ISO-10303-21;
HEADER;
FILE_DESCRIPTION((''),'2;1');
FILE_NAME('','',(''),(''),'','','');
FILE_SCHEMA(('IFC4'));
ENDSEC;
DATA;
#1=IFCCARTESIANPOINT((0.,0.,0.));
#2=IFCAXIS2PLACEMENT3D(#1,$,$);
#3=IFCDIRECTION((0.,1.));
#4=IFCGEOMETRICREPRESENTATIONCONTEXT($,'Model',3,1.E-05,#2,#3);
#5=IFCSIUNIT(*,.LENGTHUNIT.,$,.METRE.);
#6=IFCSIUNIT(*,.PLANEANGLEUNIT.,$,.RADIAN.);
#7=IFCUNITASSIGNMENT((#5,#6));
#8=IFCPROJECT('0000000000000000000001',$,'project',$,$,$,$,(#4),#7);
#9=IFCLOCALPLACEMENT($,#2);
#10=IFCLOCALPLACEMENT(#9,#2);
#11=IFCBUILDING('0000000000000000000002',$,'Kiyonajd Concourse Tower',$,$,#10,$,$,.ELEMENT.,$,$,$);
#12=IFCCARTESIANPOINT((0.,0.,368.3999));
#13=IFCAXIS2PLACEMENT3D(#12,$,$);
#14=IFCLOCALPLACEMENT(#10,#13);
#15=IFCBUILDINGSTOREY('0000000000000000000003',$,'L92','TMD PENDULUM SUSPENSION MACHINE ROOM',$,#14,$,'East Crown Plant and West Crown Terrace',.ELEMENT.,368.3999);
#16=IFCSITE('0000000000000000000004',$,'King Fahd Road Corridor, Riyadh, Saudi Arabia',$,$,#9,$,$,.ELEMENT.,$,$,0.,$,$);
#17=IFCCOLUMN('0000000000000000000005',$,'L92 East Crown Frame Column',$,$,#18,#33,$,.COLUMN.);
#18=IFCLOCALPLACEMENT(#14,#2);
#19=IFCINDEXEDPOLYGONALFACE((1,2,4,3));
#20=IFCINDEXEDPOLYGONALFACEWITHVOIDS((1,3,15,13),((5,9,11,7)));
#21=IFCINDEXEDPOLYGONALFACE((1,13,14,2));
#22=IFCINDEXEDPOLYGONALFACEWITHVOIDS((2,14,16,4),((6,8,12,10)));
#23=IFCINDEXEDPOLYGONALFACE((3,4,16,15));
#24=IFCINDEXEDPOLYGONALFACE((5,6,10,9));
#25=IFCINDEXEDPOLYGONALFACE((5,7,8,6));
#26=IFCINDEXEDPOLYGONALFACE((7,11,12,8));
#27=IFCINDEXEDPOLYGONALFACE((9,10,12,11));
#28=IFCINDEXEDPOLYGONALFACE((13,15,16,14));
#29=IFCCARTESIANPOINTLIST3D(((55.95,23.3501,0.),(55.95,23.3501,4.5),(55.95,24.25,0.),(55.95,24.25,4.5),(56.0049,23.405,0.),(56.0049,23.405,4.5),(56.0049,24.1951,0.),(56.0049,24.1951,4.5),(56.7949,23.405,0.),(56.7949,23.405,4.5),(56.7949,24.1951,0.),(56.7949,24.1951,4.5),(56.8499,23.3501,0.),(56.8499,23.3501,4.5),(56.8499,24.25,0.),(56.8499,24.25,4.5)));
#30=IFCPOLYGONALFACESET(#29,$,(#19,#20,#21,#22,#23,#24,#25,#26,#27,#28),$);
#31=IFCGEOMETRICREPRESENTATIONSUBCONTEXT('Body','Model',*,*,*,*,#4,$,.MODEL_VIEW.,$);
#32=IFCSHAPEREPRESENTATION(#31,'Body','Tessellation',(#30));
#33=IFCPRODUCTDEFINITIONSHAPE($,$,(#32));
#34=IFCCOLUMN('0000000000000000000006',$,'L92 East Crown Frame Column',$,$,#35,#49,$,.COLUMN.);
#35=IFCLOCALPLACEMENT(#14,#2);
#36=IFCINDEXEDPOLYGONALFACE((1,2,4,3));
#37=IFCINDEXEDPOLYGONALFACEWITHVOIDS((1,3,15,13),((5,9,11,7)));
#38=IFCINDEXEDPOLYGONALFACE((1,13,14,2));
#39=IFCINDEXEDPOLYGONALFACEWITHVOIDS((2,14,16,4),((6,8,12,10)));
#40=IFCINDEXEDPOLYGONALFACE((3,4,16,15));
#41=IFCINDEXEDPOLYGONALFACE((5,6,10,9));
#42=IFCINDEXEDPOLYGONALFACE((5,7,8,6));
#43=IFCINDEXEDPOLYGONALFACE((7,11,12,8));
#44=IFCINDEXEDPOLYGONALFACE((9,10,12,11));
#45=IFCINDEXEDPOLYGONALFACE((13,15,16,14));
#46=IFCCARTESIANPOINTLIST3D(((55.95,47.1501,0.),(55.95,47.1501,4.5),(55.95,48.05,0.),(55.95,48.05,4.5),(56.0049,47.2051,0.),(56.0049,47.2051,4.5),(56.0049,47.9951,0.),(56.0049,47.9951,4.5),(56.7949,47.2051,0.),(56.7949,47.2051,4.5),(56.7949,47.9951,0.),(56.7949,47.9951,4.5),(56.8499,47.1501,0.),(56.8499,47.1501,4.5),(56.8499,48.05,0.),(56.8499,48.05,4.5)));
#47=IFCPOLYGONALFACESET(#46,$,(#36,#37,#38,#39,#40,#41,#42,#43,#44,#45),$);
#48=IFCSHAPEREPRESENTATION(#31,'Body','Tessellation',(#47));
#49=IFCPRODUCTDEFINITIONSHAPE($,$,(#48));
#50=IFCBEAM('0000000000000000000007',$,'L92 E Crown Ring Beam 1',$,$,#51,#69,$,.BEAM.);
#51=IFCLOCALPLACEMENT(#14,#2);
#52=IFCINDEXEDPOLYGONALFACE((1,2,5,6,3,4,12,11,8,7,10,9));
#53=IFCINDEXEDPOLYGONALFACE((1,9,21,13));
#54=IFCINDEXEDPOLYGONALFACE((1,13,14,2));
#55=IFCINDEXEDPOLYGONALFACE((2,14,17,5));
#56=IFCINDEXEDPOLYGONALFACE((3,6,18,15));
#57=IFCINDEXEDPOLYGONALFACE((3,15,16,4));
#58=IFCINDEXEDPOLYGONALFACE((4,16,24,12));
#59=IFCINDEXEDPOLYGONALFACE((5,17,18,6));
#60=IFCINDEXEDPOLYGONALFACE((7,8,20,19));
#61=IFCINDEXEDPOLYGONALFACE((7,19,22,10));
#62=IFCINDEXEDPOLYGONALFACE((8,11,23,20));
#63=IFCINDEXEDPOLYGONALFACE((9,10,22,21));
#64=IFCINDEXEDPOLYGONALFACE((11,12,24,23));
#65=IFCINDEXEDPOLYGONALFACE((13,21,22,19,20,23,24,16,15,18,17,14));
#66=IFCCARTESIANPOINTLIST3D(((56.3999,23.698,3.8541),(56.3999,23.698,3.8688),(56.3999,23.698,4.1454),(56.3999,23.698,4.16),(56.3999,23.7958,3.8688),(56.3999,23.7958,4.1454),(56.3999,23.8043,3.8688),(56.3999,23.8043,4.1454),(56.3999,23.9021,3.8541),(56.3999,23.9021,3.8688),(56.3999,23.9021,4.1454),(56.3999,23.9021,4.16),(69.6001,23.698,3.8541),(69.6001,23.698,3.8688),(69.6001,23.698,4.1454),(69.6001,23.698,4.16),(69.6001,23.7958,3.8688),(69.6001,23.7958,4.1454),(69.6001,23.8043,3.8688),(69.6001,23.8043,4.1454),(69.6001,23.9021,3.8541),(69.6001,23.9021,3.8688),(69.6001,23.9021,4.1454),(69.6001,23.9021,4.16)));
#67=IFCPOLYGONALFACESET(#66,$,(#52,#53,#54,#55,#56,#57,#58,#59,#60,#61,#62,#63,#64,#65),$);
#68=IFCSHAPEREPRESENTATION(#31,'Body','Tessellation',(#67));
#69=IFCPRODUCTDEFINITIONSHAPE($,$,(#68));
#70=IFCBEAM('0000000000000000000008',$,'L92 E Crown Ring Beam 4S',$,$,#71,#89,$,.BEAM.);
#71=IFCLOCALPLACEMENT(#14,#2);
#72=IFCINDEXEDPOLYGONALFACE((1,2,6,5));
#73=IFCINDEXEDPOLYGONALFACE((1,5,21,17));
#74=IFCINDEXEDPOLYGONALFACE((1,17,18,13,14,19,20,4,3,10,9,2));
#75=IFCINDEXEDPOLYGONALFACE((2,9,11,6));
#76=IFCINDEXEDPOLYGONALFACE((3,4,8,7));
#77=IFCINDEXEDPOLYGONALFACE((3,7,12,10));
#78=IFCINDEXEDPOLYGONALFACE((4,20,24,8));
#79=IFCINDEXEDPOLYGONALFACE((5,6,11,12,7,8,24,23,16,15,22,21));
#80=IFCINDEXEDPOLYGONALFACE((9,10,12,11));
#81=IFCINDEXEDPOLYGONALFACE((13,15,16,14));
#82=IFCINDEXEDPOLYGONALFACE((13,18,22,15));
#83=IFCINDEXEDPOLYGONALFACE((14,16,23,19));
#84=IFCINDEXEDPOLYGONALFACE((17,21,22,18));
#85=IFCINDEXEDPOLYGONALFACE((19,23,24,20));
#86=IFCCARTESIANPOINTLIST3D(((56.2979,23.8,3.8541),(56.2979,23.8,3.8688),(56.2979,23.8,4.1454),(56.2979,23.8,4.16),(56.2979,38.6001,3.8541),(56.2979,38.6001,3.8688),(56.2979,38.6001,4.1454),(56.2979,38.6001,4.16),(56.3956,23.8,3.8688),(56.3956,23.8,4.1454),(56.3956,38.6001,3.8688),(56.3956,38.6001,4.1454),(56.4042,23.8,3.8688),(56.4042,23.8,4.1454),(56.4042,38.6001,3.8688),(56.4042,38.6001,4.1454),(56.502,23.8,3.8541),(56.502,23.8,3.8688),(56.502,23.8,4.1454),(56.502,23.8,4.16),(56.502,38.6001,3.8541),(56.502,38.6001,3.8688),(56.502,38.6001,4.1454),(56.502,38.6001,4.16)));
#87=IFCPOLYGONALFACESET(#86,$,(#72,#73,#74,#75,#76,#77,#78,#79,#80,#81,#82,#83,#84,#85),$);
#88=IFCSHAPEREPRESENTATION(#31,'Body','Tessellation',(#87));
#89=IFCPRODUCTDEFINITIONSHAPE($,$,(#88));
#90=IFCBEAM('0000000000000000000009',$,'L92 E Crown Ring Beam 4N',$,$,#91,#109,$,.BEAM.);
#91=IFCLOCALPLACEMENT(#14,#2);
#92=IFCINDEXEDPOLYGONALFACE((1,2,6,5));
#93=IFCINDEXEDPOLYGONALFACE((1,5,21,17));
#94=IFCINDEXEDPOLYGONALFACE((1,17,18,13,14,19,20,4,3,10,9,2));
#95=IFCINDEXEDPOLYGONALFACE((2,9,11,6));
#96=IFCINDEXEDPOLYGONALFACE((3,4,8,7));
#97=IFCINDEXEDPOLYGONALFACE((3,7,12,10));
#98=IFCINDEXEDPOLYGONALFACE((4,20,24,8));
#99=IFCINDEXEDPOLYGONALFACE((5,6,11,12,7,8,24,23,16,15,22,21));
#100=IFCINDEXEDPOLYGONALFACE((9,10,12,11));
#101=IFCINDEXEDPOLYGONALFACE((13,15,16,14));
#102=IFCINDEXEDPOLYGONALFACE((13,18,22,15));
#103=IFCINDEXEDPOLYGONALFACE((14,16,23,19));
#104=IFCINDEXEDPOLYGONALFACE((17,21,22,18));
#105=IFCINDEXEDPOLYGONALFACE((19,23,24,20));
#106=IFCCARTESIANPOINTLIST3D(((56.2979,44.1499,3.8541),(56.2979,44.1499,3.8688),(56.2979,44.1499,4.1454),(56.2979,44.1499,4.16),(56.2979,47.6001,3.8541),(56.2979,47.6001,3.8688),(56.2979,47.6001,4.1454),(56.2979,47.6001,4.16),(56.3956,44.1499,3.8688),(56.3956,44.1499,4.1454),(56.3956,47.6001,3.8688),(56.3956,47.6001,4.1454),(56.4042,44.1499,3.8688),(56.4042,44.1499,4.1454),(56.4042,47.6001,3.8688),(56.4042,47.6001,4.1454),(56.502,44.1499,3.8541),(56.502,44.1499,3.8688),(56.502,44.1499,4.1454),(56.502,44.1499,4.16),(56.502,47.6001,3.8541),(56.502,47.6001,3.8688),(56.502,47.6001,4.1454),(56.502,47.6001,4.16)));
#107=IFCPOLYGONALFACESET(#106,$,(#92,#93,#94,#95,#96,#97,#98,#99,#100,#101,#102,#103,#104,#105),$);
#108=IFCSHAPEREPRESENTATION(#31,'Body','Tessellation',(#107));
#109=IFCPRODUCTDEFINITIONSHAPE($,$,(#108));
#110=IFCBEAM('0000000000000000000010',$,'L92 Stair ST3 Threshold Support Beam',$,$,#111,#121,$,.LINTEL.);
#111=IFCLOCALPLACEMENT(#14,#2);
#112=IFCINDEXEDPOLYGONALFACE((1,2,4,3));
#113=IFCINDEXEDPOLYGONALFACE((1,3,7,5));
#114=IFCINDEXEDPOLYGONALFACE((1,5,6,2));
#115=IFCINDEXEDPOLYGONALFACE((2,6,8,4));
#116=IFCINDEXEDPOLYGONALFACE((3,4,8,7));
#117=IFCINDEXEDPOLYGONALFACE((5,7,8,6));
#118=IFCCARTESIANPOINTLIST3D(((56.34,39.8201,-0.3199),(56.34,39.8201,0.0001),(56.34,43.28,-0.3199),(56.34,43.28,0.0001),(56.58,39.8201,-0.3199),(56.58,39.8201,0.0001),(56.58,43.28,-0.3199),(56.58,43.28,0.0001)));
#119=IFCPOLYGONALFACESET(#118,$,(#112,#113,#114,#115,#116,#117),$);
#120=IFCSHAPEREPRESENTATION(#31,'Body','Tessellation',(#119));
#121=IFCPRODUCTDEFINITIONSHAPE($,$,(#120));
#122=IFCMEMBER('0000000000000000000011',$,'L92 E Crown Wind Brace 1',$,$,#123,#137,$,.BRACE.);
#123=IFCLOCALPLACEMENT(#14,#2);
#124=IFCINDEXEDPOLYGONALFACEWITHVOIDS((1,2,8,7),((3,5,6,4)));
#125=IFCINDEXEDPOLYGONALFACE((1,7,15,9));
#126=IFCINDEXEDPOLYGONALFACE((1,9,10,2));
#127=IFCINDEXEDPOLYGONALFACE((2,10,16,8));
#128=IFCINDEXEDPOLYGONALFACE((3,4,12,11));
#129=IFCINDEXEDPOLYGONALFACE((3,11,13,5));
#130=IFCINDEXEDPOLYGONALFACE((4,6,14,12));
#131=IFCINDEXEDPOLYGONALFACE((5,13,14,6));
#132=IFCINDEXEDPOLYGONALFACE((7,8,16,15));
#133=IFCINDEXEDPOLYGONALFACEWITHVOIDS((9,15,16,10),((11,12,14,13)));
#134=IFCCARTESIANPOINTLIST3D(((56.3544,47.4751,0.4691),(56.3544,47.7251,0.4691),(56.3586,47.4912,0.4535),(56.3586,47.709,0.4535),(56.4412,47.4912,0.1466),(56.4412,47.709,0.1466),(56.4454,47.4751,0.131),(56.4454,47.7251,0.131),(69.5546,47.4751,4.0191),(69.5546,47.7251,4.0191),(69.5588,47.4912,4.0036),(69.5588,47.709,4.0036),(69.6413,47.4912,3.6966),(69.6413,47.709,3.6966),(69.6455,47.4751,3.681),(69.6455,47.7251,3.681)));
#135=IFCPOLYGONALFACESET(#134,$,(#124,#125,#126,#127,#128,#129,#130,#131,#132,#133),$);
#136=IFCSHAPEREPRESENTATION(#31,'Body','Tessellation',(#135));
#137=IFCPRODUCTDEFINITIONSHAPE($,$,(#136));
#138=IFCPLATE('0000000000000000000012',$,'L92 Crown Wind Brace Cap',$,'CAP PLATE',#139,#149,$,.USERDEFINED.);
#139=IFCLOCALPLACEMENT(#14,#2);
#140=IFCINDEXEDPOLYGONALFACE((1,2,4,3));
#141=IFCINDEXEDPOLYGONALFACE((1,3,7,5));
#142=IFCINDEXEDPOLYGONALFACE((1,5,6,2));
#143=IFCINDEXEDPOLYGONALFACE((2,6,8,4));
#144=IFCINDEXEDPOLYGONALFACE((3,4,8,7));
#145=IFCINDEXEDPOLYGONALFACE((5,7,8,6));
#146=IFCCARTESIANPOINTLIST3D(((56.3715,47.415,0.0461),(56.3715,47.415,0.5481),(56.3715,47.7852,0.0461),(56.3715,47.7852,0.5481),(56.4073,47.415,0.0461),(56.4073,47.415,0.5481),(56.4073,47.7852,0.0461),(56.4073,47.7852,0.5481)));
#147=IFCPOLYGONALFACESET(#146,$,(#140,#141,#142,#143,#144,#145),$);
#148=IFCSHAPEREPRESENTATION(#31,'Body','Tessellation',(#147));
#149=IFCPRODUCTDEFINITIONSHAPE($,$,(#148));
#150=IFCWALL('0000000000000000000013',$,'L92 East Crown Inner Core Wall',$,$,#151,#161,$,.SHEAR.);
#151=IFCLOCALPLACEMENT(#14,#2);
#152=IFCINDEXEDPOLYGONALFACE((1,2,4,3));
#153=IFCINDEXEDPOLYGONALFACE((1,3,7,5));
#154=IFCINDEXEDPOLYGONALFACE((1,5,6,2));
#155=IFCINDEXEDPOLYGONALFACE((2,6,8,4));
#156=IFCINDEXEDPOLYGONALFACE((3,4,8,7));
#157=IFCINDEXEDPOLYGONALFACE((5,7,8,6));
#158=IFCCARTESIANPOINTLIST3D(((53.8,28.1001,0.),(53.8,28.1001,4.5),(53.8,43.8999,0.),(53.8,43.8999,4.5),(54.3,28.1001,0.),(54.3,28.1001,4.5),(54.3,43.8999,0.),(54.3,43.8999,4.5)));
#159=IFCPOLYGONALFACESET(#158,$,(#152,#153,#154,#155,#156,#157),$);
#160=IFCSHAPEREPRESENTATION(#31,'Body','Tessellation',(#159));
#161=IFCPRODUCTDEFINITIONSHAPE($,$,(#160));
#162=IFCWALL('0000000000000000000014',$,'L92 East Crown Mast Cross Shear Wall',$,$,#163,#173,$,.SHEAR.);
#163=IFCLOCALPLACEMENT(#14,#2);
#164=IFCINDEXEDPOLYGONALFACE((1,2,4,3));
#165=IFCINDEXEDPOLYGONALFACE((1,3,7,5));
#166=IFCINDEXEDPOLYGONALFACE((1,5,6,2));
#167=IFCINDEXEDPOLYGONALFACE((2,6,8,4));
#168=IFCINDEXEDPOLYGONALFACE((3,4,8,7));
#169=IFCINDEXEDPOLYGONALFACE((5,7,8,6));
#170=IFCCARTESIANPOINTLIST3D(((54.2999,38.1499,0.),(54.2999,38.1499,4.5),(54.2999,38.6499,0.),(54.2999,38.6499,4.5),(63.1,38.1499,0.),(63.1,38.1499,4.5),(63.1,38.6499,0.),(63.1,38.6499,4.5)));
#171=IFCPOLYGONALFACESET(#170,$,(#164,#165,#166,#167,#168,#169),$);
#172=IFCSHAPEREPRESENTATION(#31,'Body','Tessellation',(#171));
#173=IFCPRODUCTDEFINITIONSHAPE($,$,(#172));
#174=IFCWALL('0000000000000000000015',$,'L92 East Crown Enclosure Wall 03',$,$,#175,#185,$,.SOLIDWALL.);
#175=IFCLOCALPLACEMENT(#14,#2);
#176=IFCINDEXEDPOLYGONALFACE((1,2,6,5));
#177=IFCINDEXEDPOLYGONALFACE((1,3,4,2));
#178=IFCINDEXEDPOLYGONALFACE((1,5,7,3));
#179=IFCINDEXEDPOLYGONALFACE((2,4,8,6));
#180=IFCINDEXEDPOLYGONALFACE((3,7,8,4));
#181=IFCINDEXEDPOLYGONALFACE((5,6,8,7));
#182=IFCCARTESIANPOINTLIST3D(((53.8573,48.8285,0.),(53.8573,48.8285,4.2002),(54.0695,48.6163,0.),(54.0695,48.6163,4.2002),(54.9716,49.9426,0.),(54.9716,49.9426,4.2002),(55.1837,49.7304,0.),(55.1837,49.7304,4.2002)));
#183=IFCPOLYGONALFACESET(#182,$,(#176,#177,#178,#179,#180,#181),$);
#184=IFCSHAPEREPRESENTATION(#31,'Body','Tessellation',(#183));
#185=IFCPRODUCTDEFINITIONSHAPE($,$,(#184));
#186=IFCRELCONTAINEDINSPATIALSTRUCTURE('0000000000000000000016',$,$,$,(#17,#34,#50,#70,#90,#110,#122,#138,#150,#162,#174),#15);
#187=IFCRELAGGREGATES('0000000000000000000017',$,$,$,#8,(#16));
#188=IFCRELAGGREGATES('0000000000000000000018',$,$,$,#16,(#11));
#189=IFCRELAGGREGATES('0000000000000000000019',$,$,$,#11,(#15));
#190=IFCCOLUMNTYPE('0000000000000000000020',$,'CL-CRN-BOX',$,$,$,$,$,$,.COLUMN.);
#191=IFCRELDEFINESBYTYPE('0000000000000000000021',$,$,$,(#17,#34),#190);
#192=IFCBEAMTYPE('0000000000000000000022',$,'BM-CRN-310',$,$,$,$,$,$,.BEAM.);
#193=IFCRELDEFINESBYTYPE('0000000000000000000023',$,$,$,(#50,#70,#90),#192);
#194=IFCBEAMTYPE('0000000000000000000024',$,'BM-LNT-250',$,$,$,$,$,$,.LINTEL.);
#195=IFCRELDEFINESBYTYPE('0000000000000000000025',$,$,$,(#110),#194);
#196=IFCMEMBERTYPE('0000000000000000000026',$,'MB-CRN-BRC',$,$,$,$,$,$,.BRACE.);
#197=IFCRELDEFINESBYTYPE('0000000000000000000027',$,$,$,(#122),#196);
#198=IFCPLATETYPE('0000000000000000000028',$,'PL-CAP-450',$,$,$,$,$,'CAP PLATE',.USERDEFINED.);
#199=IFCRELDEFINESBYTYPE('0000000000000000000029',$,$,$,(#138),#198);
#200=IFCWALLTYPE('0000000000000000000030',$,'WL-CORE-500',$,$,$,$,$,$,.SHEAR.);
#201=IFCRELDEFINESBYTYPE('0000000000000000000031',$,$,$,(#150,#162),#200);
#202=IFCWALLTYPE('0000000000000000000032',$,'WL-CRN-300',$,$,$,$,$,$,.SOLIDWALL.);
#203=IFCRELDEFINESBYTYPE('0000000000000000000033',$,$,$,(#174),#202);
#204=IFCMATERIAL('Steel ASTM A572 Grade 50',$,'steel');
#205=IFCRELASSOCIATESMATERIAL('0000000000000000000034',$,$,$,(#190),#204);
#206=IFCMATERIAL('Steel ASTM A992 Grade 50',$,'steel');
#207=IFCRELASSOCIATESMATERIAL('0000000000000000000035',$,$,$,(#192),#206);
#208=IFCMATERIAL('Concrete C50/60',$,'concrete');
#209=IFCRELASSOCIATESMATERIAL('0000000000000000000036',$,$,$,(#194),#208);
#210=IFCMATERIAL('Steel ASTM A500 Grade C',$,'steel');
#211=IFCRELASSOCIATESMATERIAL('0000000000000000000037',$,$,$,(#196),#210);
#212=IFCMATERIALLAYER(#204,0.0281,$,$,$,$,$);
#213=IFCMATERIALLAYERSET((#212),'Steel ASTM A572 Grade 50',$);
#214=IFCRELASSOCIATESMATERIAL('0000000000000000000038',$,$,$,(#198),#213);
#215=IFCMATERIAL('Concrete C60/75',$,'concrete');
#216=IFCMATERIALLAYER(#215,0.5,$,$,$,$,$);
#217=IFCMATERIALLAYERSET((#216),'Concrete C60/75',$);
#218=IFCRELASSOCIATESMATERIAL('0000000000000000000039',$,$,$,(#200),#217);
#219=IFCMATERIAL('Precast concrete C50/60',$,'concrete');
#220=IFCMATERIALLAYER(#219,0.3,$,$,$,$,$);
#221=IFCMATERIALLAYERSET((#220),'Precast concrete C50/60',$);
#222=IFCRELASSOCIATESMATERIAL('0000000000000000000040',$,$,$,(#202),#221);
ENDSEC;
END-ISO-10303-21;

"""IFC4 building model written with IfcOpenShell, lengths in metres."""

from ifc_helpers import new_model, si_unit, direction, frame, frame_2d, origin, origin_2d, place, context, subcontext, project, spatial, rectangle, hollow_rectangle, i_section, extrude, material, layer, layer_set, material_profile, profile_set, type_object, element, save


model = new_model("IFC4")

# Units and contexts
model_context = context("Model", 3, precision=1e-05, world=origin(), true_north=direction((0.0, 1.0)))
body_context = subcontext(model_context, "Body", "Model", "MODEL_VIEW")
ifc_project = project(units=[si_unit("LENGTHUNIT", "METRE"), si_unit("PLANEANGLEUNIT", "RADIAN")], contexts=[model_context])

# Site, building, storey
site_placement = place(None, origin())
site = spatial("IfcSite", under=ifc_project, at=site_placement, Name="King Fahd Road Corridor, Riyadh, Saudi Arabia", CompositionType="ELEMENT", RefElevation=0.0)
building_placement = place(site_placement, origin())
building = spatial("IfcBuilding", under=site, at=building_placement, Name="Kiyonajd Concourse Tower", CompositionType="ELEMENT")
storey_placement = place(building_placement, frame((0.0, 0.0, 368.3999)))
storey = spatial("IfcBuildingStorey", under=building, at=storey_placement, Name="L92", Description="TMD PENDULUM SUSPENSION MACHINE ROOM", LongName="East Crown Plant and West Crown Terrace", CompositionType="ELEMENT", Elevation=368.3999)

# Columns
ifc_material_1 = material(Name="Steel ASTM A572 Grade 50", Category="steel")
ifc_material_profile_1 = material_profile(ifc_material_1, hollow_rectangle(XDim=0.8999, YDim=0.8999, WallThickness=0.0549, at=origin_2d()), Name="BOX-900x900x55")
ifc_profile_set_1 = profile_set([ifc_material_profile_1], Name="Steel ASTM A572 Grade 50")
column_type = type_object("IfcColumnType", Name="CL-CRN-BOX", PredefinedType="COLUMN", material=ifc_profile_set_1)
for number, where, z_axis, x_axis, name in (
    (1, (56.3999, 23.8, 0.0), (0.0, 0.0, 1.0), (1.0, 0.0, 0.0), "L92 East Crown Frame Column"),
    (2, (56.3999, 47.6001, 0.0), (0.0, 0.0, 1.0), (1.0, 0.0, 0.0), "L92 East Crown Frame Column"),
):
    element("IfcColumn", number, at=place(storey_placement, frame(where, z_axis=z_axis, x_axis=x_axis)), inside=storey, type_object=column_type, Name=name, PredefinedType="COLUMN", context=body_context, shape_type="SweptSolid", body=[
        extrude(hollow_rectangle(XDim=0.8999, YDim=0.8999, WallThickness=0.0549, at=origin_2d()), origin(), (0.0, 0.0, 1.0), 4.5),
    ])

# Beams
ifc_material_2 = material(Name="Steel ASTM A992 Grade 50", Category="steel")
ifc_material_profile_2 = material_profile(ifc_material_2, i_section(OverallWidth=0.2041, OverallDepth=0.3059, WebThickness=0.0085, FlangeThickness=0.0146, at=origin_2d()), Name="W310X67")
ifc_profile_set_2 = profile_set([ifc_material_profile_2], Name="Steel ASTM A992 Grade 50")
beam_type_1 = type_object("IfcBeamType", Name="BM-CRN-310", PredefinedType="BEAM", material=ifc_profile_set_2)
beam_1_placement = place(storey_placement, frame((56.3999, 23.8, 4.0071), z_axis=(1.0, 0.0, 0.0), x_axis=(0.0, 1.0, 0.0)))
element("IfcBeam", 3, at=beam_1_placement, inside=storey, type_object=beam_type_1, Name="L92 E Crown Ring Beam 1", PredefinedType="BEAM", context=body_context, shape_type="SweptSolid", body=[
    extrude(i_section(OverallWidth=0.2041, OverallDepth=0.3059, WebThickness=0.0085, FlangeThickness=0.0146, at=origin_2d()), origin(), (0.0, 0.0, 1.0), 13.2002),
])
beam_2_placement = place(storey_placement, frame((56.3999, 23.8, 4.0071), z_axis=(0.0, 1.0, 0.0), x_axis=(-1.0, 0.0, 0.0)))
element("IfcBeam", 4, at=beam_2_placement, inside=storey, type_object=beam_type_1, Name="L92 E Crown Ring Beam 4S", PredefinedType="BEAM", context=body_context, shape_type="SweptSolid", body=[
    extrude(i_section(OverallWidth=0.2041, OverallDepth=0.3059, WebThickness=0.0085, FlangeThickness=0.0146, at=origin_2d()), origin(), (0.0, 0.0, 1.0), 14.8),
])
beam_3_placement = place(storey_placement, frame((56.3999, 44.1499, 4.0071), z_axis=(0.0, 1.0, 0.0), x_axis=(-1.0, 0.0, 0.0)))
element("IfcBeam", 5, at=beam_3_placement, inside=storey, type_object=beam_type_1, Name="L92 E Crown Ring Beam 4N", PredefinedType="BEAM", context=body_context, shape_type="SweptSolid", body=[
    extrude(i_section(OverallWidth=0.2041, OverallDepth=0.3059, WebThickness=0.0085, FlangeThickness=0.0146, at=origin_2d()), origin(), (0.0, 0.0, 1.0), 3.4502),
])
ifc_material_3 = material(Name="Concrete C50/60", Category="concrete")
ifc_material_profile_3 = material_profile(ifc_material_3, rectangle(XDim=0.24, YDim=0.3201, at=origin_2d()), Name="RCBM-240x320")
ifc_profile_set_3 = profile_set([ifc_material_profile_3], Name="Concrete C50/60")
beam_type_2 = type_object("IfcBeamType", Name="BM-LNT-250", PredefinedType="LINTEL", material=ifc_profile_set_3)
beam_4_placement = place(storey_placement, frame((56.46, 39.8201, -0.1599), z_axis=(0.0, 1.0, 0.0), x_axis=(-1.0, 0.0, 0.0)))
element("IfcBeam", 6, at=beam_4_placement, inside=storey, type_object=beam_type_2, Name="L92 Stair ST3 Threshold Support Beam", PredefinedType="LINTEL", context=body_context, shape_type="SweptSolid", body=[
    extrude(rectangle(XDim=0.24, YDim=0.3201, at=origin_2d()), origin(), (0.0, 0.0, 1.0), 3.46),
])

# Member
ifc_material_4 = material(Name="Steel ASTM A500 Grade C", Category="steel")
ifc_material_profile_4 = material_profile(ifc_material_4, hollow_rectangle(XDim=0.25, YDim=0.3501, WallThickness=0.0161, at=origin_2d()), Name="HSS-350x250x16")
ifc_profile_set_4 = profile_set([ifc_material_profile_4], Name="Steel ASTM A500 Grade C")
member_type = type_object("IfcMemberType", Name="MB-CRN-BRC", PredefinedType="BRACE", material=ifc_profile_set_4)
member_placement = place(storey_placement, frame((56.3999, 47.6001, 0.3), z_axis=(0.965686, 0.0, 0.259711), x_axis=(0.0, 1.0, 0.0)))
element("IfcMember", 7, at=member_placement, inside=storey, type_object=member_type, Name="L92 E Crown Wind Brace 1", PredefinedType="BRACE", context=body_context, shape_type="SweptSolid", body=[
    extrude(hollow_rectangle(XDim=0.25, YDim=0.3501, WallThickness=0.0161, at=origin_2d()), origin(), (0.0, 0.0, 1.0), 13.6692),
])

# Plate
ifc_layer_1 = layer(ifc_material_1, 0.0281)
ifc_layer_set_1 = layer_set([ifc_layer_1], Name="Steel ASTM A572 Grade 50")
plate_type = type_object("IfcPlateType", Name="PL-CAP-450", ElementType="CAP PLATE", PredefinedType="USERDEFINED", material=ifc_layer_set_1)
plate_placement = place(storey_placement, frame((56.3894, 47.6001, 0.0461), z_axis=(0.0, 0.0, 1.0), x_axis=(-1.0, 0.0, 0.0)))
element("IfcPlate", 8, at=plate_placement, inside=storey, type_object=plate_type, Name="L92 Crown Wind Brace Cap", ObjectType="CAP PLATE", PredefinedType="USERDEFINED", context=body_context, shape_type="SweptSolid", body=[
    extrude(rectangle(XDim=0.0359, YDim=0.3701, at=origin_2d()), origin(), (0.0, 0.0, 1.0), 0.502),
])

# Walls
ifc_material_5 = material(Name="Concrete C60/75", Category="concrete")
ifc_layer_2 = layer(ifc_material_5, 0.5)
ifc_layer_set_2 = layer_set([ifc_layer_2], Name="Concrete C60/75")
wall_type_1 = type_object("IfcWallType", Name="WL-CORE-500", PredefinedType="SHEAR", material=ifc_layer_set_2)
wall_1_placement = place(storey_placement, frame((54.05, 28.1001, 0.0), z_axis=(0.0, 0.0, 1.0), x_axis=(0.0, 1.0, 0.0)))
element("IfcWall", 9, at=wall_1_placement, inside=storey, type_object=wall_type_1, Name="L92 East Crown Inner Core Wall", PredefinedType="SHEAR", context=body_context, shape_type="SweptSolid", body=[
    extrude(rectangle(XDim=15.7998, YDim=0.5, at=frame_2d((7.8999, 0.0))), origin(), (0.0, 0.0, 1.0), 4.5),
])
wall_2_placement = place(storey_placement, frame((54.3, 38.3999, 0.0), z_axis=(0.0, 0.0, 1.0), x_axis=(1.0, 0.0, 0.0)))
element("IfcWall", 10, at=wall_2_placement, inside=storey, type_object=wall_type_1, Name="L92 East Crown Mast Cross Shear Wall", PredefinedType="SHEAR", context=body_context, shape_type="SweptSolid", body=[
    extrude(rectangle(XDim=8.8, YDim=0.5, at=frame_2d((4.3999, 0.0))), origin(), (0.0, 0.0, 1.0), 4.5),
])
ifc_material_6 = material(Name="Precast concrete C50/60", Category="concrete")
ifc_layer_3 = layer(ifc_material_6, 0.3)
ifc_layer_set_3 = layer_set([ifc_layer_3], Name="Precast concrete C50/60")
wall_type_2 = type_object("IfcWallType", Name="WL-CRN-300", PredefinedType="SOLIDWALL", material=ifc_layer_set_3)
wall_3_placement = place(storey_placement, frame((53.9634, 48.7224, 0.0), z_axis=(0.0, 0.0, 1.0), x_axis=(0.707184, 0.707029, 0.0)))
element("IfcWall", 11, at=wall_3_placement, inside=storey, type_object=wall_type_2, Name="L92 East Crown Enclosure Wall 03", PredefinedType="SOLIDWALL", context=body_context, shape_type="SweptSolid", body=[
    extrude(rectangle(XDim=1.5757, YDim=0.3, at=frame_2d((0.7878, 0.0))), origin(), (0.0, 0.0, 1.0), 4.2002),
])

save(model, "model.ifc")
